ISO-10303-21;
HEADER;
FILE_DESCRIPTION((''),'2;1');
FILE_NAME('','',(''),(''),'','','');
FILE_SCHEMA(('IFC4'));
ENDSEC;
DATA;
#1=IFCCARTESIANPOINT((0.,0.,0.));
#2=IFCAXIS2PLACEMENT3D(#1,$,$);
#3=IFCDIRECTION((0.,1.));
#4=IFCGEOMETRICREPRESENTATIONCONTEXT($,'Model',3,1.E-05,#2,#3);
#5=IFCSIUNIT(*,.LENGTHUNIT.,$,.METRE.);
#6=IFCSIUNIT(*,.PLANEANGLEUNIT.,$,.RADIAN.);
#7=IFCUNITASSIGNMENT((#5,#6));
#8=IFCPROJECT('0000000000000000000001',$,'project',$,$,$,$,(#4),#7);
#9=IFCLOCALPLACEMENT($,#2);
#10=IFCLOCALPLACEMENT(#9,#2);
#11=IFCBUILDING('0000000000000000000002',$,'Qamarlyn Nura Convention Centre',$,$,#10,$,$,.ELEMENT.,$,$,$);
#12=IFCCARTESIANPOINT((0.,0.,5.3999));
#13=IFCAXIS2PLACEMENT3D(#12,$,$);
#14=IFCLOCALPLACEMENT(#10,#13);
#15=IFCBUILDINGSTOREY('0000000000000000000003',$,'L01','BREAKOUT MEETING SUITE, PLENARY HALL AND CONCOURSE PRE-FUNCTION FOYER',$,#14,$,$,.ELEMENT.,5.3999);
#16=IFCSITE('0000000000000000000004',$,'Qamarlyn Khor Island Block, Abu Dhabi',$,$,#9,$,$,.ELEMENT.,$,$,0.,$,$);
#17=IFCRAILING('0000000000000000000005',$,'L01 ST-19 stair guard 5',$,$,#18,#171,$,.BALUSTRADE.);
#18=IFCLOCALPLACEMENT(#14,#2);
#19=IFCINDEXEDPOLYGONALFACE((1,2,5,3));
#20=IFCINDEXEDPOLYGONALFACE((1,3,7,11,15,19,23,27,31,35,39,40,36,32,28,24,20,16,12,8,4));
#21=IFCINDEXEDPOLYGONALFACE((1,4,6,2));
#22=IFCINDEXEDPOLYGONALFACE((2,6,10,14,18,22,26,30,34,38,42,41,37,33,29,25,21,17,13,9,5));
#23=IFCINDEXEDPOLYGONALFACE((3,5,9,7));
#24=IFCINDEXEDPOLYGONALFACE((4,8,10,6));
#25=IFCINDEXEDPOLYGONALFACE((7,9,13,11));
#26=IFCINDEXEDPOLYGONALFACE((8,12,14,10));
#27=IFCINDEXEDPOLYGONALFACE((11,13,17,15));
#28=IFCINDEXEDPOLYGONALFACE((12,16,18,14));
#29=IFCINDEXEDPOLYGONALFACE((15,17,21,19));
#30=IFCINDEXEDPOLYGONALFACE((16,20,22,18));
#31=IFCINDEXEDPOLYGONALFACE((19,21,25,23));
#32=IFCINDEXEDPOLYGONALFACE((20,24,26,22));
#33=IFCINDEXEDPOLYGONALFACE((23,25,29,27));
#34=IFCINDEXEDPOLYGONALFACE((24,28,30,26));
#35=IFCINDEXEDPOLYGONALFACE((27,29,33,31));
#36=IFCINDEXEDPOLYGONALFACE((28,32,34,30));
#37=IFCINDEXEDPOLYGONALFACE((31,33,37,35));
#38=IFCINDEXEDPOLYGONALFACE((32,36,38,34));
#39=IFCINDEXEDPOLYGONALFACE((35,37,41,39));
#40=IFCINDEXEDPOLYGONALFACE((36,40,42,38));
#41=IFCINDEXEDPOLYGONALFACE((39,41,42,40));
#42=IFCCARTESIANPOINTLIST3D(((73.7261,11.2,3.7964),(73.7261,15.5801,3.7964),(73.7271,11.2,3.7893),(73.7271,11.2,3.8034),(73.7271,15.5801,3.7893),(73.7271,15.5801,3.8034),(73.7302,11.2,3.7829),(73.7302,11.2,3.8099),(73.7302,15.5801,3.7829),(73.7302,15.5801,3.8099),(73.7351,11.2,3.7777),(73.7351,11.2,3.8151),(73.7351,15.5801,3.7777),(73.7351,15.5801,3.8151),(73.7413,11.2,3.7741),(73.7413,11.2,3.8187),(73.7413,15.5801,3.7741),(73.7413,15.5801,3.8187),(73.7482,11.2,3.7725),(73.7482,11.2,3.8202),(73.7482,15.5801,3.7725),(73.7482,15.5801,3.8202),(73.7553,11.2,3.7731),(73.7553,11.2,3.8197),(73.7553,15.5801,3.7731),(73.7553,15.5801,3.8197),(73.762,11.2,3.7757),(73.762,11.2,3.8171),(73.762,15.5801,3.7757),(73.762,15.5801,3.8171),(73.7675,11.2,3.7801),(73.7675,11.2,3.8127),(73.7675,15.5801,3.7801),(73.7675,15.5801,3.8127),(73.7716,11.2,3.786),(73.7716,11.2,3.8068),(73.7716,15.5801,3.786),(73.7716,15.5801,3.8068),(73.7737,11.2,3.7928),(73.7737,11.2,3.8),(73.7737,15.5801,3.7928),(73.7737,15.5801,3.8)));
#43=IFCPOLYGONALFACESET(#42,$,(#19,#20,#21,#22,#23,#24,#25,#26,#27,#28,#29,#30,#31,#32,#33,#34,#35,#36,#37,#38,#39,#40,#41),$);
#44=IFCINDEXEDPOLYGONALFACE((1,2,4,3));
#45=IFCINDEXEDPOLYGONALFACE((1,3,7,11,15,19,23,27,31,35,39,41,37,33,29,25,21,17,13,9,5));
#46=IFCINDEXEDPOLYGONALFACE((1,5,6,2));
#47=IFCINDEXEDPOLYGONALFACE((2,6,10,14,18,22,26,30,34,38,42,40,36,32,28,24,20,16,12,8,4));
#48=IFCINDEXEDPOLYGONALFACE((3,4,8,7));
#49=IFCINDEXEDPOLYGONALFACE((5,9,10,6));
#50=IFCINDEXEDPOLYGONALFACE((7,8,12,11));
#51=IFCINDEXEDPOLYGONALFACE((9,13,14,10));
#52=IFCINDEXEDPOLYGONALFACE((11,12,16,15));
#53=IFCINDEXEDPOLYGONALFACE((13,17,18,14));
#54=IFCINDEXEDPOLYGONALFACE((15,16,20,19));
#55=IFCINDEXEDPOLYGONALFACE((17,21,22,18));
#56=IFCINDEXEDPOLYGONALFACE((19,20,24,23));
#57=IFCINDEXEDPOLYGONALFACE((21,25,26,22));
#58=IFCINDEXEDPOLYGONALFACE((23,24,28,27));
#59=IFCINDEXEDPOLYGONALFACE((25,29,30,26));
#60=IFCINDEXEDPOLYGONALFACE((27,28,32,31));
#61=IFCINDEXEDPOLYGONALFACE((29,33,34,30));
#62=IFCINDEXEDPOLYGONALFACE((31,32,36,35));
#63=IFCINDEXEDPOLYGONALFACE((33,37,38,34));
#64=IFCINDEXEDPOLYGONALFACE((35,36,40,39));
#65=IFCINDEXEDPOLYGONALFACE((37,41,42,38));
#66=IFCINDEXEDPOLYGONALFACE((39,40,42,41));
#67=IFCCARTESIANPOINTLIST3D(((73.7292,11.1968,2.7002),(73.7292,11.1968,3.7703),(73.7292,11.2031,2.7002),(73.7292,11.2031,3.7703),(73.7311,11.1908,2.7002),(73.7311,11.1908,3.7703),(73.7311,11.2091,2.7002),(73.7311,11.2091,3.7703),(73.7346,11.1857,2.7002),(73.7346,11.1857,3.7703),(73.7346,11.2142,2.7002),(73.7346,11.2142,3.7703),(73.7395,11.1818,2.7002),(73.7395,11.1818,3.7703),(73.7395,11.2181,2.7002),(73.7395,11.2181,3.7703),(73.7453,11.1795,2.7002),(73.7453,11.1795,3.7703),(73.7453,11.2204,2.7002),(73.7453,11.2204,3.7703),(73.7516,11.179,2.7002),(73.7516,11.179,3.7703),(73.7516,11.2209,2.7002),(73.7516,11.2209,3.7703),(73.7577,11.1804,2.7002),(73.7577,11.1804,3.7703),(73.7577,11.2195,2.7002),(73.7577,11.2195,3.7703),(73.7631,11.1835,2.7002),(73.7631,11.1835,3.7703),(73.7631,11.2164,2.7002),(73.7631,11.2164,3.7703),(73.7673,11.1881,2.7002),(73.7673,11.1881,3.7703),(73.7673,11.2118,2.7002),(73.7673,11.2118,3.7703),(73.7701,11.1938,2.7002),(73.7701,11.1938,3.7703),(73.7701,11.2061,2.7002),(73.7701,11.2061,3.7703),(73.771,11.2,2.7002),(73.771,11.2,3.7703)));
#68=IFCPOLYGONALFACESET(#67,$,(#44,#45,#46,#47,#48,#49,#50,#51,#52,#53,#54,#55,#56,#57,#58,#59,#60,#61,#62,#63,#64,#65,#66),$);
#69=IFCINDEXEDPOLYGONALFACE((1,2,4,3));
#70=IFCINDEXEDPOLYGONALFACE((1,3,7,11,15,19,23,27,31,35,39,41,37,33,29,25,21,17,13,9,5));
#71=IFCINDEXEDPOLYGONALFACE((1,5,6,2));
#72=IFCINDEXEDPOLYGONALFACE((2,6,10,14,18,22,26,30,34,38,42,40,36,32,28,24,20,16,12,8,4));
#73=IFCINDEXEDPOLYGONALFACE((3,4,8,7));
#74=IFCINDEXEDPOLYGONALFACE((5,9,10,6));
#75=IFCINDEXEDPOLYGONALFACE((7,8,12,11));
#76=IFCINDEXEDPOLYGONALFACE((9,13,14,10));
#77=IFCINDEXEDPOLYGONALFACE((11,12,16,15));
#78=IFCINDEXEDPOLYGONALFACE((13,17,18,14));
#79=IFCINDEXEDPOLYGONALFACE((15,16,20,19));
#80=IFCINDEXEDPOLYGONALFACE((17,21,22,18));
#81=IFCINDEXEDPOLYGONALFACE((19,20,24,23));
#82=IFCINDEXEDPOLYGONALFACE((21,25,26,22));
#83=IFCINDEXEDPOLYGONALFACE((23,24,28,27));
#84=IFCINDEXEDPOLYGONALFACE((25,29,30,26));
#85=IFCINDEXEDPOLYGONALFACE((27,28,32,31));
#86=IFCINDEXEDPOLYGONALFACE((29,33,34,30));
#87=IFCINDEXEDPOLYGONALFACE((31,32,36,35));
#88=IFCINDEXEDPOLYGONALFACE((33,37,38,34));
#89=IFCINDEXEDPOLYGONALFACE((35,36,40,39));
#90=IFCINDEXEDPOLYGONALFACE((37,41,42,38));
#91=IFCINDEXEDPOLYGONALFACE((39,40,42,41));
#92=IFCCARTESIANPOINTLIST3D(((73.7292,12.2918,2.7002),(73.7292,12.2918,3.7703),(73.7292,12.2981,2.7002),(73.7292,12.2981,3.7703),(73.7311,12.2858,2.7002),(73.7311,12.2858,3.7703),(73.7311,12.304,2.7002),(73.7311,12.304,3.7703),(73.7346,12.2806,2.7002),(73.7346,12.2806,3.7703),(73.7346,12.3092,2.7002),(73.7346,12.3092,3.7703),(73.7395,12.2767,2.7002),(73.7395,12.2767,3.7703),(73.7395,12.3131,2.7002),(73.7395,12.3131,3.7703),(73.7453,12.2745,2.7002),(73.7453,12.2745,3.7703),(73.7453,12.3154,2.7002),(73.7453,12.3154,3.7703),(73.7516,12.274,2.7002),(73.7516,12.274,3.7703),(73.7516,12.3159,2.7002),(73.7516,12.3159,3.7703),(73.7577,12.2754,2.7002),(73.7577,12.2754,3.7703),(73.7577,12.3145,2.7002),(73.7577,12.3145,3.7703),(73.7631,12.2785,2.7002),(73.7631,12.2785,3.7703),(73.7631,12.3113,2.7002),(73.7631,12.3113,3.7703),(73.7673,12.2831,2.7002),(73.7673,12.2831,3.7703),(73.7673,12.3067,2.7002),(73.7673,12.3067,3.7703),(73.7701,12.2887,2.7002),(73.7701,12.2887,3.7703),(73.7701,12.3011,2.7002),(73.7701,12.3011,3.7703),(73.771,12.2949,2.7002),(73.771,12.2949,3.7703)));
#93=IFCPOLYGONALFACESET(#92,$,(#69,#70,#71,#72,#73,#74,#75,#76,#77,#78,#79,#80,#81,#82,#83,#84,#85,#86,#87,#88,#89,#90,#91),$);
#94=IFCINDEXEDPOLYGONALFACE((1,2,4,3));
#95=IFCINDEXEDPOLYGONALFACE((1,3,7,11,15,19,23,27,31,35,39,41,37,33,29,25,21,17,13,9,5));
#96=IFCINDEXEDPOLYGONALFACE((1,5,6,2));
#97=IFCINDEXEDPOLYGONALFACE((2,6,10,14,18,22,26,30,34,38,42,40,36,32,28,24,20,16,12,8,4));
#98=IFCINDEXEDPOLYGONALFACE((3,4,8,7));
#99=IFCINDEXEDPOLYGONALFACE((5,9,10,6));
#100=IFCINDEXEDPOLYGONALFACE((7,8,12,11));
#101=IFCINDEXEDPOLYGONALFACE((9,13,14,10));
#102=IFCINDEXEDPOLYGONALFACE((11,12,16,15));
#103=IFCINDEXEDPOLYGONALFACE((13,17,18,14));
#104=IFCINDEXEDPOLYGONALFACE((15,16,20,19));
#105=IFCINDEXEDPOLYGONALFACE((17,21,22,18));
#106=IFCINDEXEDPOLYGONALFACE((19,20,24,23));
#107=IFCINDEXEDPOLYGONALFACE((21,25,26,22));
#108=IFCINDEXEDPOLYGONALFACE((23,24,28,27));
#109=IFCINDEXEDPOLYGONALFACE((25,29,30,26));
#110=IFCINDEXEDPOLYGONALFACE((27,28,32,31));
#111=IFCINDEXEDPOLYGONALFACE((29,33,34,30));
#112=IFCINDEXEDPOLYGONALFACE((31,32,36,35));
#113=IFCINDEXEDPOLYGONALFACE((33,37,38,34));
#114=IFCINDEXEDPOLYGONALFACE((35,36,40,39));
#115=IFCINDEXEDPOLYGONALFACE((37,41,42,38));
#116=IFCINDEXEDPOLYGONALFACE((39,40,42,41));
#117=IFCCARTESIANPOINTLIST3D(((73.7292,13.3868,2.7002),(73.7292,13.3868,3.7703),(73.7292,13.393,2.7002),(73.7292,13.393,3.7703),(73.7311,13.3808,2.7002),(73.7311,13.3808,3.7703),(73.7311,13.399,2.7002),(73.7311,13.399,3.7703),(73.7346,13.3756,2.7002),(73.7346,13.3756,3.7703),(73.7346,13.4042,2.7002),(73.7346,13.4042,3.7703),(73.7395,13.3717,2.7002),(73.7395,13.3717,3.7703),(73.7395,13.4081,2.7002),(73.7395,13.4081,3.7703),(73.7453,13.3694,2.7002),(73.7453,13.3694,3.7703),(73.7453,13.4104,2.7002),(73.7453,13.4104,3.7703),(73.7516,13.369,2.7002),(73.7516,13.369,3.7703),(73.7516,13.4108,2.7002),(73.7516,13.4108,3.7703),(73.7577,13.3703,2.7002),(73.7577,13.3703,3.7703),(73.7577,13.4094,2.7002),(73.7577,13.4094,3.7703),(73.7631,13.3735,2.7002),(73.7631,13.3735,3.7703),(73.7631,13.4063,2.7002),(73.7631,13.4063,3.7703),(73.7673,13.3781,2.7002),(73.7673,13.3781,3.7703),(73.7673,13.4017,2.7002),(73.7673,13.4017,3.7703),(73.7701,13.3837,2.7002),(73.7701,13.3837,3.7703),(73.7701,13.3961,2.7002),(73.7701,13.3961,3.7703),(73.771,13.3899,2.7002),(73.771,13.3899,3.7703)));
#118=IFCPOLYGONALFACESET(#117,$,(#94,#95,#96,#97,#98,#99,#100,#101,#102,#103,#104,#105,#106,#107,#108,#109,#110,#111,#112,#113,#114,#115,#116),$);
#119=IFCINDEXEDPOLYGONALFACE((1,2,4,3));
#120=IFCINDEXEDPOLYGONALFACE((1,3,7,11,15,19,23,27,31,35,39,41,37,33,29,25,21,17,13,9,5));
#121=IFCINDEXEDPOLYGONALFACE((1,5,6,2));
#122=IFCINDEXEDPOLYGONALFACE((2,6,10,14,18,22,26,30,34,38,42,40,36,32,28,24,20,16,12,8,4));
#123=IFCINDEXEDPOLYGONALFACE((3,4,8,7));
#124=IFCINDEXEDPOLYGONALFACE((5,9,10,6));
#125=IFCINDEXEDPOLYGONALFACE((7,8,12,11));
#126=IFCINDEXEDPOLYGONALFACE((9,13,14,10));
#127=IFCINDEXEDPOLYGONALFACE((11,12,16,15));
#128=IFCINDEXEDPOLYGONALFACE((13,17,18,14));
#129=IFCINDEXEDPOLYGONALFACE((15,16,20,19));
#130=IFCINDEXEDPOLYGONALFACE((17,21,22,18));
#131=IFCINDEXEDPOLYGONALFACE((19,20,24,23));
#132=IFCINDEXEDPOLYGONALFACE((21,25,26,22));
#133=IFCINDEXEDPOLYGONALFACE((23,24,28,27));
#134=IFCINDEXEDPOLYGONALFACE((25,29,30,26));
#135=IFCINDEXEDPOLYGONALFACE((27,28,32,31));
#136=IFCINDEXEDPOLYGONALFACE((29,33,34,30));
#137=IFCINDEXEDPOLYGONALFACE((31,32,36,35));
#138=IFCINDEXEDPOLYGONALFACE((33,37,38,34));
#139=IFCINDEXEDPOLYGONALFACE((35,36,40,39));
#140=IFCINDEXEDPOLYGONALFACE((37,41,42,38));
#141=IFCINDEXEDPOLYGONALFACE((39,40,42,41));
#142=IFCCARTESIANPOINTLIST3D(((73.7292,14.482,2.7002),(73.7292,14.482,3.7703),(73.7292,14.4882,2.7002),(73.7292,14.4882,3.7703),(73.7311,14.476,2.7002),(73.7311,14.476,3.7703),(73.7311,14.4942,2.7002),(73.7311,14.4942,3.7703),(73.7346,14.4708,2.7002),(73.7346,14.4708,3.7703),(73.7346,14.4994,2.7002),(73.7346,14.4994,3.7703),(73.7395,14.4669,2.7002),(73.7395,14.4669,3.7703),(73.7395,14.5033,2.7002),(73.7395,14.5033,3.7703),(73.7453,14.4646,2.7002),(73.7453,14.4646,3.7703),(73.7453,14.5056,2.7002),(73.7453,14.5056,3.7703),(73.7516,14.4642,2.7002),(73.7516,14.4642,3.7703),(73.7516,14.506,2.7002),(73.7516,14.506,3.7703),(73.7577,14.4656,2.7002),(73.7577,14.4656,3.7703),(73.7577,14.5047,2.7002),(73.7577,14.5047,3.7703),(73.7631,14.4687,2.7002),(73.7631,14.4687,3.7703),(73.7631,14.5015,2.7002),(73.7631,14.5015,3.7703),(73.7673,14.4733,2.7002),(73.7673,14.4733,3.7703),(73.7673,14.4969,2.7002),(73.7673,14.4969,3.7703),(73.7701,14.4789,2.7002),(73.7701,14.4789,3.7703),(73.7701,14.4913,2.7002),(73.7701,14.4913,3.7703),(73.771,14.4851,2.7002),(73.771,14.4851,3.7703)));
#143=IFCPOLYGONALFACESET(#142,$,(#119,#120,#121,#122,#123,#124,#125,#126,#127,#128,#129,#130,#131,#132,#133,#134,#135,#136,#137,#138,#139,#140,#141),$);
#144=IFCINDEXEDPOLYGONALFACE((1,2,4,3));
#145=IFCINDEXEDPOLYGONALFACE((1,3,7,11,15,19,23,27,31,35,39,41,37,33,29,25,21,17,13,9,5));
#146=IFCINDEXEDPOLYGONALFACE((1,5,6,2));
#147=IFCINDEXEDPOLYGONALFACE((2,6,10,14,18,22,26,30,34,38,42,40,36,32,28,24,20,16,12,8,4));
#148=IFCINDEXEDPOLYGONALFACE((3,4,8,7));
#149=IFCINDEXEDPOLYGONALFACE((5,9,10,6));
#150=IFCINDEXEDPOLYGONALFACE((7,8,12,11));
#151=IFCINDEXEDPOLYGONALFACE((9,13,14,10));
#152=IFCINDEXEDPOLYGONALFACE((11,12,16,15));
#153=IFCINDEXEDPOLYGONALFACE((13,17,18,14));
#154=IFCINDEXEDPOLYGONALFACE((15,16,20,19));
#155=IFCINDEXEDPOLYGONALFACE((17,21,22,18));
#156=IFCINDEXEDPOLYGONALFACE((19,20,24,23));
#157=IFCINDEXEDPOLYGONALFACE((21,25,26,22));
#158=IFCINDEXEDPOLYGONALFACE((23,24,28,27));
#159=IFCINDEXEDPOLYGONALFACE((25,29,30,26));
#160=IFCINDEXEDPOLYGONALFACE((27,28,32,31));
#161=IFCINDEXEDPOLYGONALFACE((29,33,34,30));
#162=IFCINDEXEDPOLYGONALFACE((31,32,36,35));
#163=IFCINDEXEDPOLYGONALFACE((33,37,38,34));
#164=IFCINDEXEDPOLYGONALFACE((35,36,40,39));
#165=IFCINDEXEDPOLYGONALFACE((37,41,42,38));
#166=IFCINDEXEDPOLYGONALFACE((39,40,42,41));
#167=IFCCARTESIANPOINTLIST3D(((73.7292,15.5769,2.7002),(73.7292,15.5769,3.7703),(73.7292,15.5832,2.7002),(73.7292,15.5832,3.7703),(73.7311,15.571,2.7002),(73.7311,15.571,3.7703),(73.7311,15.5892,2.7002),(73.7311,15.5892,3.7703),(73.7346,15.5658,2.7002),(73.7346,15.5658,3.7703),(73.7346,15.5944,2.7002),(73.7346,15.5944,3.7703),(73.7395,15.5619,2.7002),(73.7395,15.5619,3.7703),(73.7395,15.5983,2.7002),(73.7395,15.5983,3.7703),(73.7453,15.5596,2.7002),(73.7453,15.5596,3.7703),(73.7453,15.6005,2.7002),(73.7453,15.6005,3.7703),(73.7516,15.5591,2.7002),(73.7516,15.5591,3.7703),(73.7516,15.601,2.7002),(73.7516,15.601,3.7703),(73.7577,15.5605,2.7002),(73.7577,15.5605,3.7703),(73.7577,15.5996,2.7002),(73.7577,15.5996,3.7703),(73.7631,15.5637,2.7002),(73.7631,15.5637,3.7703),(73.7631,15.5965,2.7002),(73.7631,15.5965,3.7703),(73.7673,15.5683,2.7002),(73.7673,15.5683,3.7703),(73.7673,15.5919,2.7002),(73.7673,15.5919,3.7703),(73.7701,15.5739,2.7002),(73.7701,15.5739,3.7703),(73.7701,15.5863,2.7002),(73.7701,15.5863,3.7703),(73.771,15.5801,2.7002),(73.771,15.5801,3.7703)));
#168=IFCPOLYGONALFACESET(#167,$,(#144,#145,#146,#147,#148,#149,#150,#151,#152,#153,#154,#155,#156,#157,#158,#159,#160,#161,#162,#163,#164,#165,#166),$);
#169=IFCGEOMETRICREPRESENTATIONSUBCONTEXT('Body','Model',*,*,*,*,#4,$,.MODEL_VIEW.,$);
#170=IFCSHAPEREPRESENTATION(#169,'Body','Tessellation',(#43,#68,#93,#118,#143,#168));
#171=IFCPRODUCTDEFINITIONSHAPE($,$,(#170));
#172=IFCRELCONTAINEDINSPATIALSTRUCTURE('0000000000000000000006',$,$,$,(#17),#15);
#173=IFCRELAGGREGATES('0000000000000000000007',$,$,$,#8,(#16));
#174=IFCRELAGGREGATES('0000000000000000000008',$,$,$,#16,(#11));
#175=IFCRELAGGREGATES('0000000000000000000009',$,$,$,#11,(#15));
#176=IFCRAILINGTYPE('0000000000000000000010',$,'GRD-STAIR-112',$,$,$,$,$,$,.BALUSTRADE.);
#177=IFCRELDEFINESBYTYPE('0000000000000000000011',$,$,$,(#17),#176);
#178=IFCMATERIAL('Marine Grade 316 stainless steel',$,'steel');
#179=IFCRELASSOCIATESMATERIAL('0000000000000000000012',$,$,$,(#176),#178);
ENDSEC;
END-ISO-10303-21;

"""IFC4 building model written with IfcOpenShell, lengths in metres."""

from ifc_helpers import new_model, si_unit, direction, frame, origin, origin_2d, place, context, subcontext, project, spatial, circle, extrude, material, type_object, element, save


model = new_model("IFC4")

# Units and contexts
model_context = context("Model", 3, precision=1e-05, world=origin(), true_north=direction((0.0, 1.0)))
body_context = subcontext(model_context, "Body", "Model", "MODEL_VIEW")
ifc_project = project(units=[si_unit("LENGTHUNIT", "METRE"), si_unit("PLANEANGLEUNIT", "RADIAN")], contexts=[model_context])

# Site, building, storey
site_placement = place(None, origin())
site = spatial("IfcSite", under=ifc_project, at=site_placement, Name="Qamarlyn Khor Island Block, Abu Dhabi", CompositionType="ELEMENT", RefElevation=0.0)
building_placement = place(site_placement, origin())
building = spatial("IfcBuilding", under=site, at=building_placement, Name="Qamarlyn Nura Convention Centre", CompositionType="ELEMENT")
storey_placement = place(building_placement, frame((0.0, 0.0, 5.3999)))
storey = spatial("IfcBuildingStorey", under=building, at=storey_placement, Name="L01", Description="BREAKOUT MEETING SUITE, PLENARY HALL AND CONCOURSE PRE-FUNCTION FOYER", CompositionType="ELEMENT", Elevation=5.3999)

# Railing
ifc_material_1 = material(Name="Marine Grade 316 stainless steel", Category="steel")
railing_type = type_object("IfcRailingType", Name="GRD-STAIR-112", PredefinedType="BALUSTRADE", material=ifc_material_1)
railing_1_placement = place(storey_placement, frame((73.75, 11.2, 2.7002)))
element("IfcRailing", 1, at=railing_1_placement, inside=storey, type_object=railing_type, Name="L01 ST-19 stair guard 5", PredefinedType="BALUSTRADE", context=body_context, shape_type="SweptSolid", body=[
    extrude(circle(Radius=0.0239, at=origin_2d()), frame((0.0, 0.0, 1.0962), z_axis=(0.0, 1.0, 0.0), x_axis=(-1.0, 0.0, 0.0)), (0.0, 0.0, 1.0), 4.3801),
    extrude(circle(Radius=0.021, at=origin_2d()), origin(), (0.0, 0.0, 1.0), 1.0701),
    extrude(circle(Radius=0.021, at=origin_2d()), frame((0.0, 1.095, 0.0)), (0.0, 0.0, 1.0), 1.0701),
    extrude(circle(Radius=0.021, at=origin_2d()), frame((0.0, 2.1899, 0.0)), (0.0, 0.0, 1.0), 1.0701),
    extrude(circle(Radius=0.021, at=origin_2d()), frame((0.0, 3.2852, 0.0)), (0.0, 0.0, 1.0), 1.0701),
    extrude(circle(Radius=0.021, at=origin_2d()), frame((0.0, 4.3801, 0.0)), (0.0, 0.0, 1.0), 1.0701),
])

save(model, "model.ifc")
